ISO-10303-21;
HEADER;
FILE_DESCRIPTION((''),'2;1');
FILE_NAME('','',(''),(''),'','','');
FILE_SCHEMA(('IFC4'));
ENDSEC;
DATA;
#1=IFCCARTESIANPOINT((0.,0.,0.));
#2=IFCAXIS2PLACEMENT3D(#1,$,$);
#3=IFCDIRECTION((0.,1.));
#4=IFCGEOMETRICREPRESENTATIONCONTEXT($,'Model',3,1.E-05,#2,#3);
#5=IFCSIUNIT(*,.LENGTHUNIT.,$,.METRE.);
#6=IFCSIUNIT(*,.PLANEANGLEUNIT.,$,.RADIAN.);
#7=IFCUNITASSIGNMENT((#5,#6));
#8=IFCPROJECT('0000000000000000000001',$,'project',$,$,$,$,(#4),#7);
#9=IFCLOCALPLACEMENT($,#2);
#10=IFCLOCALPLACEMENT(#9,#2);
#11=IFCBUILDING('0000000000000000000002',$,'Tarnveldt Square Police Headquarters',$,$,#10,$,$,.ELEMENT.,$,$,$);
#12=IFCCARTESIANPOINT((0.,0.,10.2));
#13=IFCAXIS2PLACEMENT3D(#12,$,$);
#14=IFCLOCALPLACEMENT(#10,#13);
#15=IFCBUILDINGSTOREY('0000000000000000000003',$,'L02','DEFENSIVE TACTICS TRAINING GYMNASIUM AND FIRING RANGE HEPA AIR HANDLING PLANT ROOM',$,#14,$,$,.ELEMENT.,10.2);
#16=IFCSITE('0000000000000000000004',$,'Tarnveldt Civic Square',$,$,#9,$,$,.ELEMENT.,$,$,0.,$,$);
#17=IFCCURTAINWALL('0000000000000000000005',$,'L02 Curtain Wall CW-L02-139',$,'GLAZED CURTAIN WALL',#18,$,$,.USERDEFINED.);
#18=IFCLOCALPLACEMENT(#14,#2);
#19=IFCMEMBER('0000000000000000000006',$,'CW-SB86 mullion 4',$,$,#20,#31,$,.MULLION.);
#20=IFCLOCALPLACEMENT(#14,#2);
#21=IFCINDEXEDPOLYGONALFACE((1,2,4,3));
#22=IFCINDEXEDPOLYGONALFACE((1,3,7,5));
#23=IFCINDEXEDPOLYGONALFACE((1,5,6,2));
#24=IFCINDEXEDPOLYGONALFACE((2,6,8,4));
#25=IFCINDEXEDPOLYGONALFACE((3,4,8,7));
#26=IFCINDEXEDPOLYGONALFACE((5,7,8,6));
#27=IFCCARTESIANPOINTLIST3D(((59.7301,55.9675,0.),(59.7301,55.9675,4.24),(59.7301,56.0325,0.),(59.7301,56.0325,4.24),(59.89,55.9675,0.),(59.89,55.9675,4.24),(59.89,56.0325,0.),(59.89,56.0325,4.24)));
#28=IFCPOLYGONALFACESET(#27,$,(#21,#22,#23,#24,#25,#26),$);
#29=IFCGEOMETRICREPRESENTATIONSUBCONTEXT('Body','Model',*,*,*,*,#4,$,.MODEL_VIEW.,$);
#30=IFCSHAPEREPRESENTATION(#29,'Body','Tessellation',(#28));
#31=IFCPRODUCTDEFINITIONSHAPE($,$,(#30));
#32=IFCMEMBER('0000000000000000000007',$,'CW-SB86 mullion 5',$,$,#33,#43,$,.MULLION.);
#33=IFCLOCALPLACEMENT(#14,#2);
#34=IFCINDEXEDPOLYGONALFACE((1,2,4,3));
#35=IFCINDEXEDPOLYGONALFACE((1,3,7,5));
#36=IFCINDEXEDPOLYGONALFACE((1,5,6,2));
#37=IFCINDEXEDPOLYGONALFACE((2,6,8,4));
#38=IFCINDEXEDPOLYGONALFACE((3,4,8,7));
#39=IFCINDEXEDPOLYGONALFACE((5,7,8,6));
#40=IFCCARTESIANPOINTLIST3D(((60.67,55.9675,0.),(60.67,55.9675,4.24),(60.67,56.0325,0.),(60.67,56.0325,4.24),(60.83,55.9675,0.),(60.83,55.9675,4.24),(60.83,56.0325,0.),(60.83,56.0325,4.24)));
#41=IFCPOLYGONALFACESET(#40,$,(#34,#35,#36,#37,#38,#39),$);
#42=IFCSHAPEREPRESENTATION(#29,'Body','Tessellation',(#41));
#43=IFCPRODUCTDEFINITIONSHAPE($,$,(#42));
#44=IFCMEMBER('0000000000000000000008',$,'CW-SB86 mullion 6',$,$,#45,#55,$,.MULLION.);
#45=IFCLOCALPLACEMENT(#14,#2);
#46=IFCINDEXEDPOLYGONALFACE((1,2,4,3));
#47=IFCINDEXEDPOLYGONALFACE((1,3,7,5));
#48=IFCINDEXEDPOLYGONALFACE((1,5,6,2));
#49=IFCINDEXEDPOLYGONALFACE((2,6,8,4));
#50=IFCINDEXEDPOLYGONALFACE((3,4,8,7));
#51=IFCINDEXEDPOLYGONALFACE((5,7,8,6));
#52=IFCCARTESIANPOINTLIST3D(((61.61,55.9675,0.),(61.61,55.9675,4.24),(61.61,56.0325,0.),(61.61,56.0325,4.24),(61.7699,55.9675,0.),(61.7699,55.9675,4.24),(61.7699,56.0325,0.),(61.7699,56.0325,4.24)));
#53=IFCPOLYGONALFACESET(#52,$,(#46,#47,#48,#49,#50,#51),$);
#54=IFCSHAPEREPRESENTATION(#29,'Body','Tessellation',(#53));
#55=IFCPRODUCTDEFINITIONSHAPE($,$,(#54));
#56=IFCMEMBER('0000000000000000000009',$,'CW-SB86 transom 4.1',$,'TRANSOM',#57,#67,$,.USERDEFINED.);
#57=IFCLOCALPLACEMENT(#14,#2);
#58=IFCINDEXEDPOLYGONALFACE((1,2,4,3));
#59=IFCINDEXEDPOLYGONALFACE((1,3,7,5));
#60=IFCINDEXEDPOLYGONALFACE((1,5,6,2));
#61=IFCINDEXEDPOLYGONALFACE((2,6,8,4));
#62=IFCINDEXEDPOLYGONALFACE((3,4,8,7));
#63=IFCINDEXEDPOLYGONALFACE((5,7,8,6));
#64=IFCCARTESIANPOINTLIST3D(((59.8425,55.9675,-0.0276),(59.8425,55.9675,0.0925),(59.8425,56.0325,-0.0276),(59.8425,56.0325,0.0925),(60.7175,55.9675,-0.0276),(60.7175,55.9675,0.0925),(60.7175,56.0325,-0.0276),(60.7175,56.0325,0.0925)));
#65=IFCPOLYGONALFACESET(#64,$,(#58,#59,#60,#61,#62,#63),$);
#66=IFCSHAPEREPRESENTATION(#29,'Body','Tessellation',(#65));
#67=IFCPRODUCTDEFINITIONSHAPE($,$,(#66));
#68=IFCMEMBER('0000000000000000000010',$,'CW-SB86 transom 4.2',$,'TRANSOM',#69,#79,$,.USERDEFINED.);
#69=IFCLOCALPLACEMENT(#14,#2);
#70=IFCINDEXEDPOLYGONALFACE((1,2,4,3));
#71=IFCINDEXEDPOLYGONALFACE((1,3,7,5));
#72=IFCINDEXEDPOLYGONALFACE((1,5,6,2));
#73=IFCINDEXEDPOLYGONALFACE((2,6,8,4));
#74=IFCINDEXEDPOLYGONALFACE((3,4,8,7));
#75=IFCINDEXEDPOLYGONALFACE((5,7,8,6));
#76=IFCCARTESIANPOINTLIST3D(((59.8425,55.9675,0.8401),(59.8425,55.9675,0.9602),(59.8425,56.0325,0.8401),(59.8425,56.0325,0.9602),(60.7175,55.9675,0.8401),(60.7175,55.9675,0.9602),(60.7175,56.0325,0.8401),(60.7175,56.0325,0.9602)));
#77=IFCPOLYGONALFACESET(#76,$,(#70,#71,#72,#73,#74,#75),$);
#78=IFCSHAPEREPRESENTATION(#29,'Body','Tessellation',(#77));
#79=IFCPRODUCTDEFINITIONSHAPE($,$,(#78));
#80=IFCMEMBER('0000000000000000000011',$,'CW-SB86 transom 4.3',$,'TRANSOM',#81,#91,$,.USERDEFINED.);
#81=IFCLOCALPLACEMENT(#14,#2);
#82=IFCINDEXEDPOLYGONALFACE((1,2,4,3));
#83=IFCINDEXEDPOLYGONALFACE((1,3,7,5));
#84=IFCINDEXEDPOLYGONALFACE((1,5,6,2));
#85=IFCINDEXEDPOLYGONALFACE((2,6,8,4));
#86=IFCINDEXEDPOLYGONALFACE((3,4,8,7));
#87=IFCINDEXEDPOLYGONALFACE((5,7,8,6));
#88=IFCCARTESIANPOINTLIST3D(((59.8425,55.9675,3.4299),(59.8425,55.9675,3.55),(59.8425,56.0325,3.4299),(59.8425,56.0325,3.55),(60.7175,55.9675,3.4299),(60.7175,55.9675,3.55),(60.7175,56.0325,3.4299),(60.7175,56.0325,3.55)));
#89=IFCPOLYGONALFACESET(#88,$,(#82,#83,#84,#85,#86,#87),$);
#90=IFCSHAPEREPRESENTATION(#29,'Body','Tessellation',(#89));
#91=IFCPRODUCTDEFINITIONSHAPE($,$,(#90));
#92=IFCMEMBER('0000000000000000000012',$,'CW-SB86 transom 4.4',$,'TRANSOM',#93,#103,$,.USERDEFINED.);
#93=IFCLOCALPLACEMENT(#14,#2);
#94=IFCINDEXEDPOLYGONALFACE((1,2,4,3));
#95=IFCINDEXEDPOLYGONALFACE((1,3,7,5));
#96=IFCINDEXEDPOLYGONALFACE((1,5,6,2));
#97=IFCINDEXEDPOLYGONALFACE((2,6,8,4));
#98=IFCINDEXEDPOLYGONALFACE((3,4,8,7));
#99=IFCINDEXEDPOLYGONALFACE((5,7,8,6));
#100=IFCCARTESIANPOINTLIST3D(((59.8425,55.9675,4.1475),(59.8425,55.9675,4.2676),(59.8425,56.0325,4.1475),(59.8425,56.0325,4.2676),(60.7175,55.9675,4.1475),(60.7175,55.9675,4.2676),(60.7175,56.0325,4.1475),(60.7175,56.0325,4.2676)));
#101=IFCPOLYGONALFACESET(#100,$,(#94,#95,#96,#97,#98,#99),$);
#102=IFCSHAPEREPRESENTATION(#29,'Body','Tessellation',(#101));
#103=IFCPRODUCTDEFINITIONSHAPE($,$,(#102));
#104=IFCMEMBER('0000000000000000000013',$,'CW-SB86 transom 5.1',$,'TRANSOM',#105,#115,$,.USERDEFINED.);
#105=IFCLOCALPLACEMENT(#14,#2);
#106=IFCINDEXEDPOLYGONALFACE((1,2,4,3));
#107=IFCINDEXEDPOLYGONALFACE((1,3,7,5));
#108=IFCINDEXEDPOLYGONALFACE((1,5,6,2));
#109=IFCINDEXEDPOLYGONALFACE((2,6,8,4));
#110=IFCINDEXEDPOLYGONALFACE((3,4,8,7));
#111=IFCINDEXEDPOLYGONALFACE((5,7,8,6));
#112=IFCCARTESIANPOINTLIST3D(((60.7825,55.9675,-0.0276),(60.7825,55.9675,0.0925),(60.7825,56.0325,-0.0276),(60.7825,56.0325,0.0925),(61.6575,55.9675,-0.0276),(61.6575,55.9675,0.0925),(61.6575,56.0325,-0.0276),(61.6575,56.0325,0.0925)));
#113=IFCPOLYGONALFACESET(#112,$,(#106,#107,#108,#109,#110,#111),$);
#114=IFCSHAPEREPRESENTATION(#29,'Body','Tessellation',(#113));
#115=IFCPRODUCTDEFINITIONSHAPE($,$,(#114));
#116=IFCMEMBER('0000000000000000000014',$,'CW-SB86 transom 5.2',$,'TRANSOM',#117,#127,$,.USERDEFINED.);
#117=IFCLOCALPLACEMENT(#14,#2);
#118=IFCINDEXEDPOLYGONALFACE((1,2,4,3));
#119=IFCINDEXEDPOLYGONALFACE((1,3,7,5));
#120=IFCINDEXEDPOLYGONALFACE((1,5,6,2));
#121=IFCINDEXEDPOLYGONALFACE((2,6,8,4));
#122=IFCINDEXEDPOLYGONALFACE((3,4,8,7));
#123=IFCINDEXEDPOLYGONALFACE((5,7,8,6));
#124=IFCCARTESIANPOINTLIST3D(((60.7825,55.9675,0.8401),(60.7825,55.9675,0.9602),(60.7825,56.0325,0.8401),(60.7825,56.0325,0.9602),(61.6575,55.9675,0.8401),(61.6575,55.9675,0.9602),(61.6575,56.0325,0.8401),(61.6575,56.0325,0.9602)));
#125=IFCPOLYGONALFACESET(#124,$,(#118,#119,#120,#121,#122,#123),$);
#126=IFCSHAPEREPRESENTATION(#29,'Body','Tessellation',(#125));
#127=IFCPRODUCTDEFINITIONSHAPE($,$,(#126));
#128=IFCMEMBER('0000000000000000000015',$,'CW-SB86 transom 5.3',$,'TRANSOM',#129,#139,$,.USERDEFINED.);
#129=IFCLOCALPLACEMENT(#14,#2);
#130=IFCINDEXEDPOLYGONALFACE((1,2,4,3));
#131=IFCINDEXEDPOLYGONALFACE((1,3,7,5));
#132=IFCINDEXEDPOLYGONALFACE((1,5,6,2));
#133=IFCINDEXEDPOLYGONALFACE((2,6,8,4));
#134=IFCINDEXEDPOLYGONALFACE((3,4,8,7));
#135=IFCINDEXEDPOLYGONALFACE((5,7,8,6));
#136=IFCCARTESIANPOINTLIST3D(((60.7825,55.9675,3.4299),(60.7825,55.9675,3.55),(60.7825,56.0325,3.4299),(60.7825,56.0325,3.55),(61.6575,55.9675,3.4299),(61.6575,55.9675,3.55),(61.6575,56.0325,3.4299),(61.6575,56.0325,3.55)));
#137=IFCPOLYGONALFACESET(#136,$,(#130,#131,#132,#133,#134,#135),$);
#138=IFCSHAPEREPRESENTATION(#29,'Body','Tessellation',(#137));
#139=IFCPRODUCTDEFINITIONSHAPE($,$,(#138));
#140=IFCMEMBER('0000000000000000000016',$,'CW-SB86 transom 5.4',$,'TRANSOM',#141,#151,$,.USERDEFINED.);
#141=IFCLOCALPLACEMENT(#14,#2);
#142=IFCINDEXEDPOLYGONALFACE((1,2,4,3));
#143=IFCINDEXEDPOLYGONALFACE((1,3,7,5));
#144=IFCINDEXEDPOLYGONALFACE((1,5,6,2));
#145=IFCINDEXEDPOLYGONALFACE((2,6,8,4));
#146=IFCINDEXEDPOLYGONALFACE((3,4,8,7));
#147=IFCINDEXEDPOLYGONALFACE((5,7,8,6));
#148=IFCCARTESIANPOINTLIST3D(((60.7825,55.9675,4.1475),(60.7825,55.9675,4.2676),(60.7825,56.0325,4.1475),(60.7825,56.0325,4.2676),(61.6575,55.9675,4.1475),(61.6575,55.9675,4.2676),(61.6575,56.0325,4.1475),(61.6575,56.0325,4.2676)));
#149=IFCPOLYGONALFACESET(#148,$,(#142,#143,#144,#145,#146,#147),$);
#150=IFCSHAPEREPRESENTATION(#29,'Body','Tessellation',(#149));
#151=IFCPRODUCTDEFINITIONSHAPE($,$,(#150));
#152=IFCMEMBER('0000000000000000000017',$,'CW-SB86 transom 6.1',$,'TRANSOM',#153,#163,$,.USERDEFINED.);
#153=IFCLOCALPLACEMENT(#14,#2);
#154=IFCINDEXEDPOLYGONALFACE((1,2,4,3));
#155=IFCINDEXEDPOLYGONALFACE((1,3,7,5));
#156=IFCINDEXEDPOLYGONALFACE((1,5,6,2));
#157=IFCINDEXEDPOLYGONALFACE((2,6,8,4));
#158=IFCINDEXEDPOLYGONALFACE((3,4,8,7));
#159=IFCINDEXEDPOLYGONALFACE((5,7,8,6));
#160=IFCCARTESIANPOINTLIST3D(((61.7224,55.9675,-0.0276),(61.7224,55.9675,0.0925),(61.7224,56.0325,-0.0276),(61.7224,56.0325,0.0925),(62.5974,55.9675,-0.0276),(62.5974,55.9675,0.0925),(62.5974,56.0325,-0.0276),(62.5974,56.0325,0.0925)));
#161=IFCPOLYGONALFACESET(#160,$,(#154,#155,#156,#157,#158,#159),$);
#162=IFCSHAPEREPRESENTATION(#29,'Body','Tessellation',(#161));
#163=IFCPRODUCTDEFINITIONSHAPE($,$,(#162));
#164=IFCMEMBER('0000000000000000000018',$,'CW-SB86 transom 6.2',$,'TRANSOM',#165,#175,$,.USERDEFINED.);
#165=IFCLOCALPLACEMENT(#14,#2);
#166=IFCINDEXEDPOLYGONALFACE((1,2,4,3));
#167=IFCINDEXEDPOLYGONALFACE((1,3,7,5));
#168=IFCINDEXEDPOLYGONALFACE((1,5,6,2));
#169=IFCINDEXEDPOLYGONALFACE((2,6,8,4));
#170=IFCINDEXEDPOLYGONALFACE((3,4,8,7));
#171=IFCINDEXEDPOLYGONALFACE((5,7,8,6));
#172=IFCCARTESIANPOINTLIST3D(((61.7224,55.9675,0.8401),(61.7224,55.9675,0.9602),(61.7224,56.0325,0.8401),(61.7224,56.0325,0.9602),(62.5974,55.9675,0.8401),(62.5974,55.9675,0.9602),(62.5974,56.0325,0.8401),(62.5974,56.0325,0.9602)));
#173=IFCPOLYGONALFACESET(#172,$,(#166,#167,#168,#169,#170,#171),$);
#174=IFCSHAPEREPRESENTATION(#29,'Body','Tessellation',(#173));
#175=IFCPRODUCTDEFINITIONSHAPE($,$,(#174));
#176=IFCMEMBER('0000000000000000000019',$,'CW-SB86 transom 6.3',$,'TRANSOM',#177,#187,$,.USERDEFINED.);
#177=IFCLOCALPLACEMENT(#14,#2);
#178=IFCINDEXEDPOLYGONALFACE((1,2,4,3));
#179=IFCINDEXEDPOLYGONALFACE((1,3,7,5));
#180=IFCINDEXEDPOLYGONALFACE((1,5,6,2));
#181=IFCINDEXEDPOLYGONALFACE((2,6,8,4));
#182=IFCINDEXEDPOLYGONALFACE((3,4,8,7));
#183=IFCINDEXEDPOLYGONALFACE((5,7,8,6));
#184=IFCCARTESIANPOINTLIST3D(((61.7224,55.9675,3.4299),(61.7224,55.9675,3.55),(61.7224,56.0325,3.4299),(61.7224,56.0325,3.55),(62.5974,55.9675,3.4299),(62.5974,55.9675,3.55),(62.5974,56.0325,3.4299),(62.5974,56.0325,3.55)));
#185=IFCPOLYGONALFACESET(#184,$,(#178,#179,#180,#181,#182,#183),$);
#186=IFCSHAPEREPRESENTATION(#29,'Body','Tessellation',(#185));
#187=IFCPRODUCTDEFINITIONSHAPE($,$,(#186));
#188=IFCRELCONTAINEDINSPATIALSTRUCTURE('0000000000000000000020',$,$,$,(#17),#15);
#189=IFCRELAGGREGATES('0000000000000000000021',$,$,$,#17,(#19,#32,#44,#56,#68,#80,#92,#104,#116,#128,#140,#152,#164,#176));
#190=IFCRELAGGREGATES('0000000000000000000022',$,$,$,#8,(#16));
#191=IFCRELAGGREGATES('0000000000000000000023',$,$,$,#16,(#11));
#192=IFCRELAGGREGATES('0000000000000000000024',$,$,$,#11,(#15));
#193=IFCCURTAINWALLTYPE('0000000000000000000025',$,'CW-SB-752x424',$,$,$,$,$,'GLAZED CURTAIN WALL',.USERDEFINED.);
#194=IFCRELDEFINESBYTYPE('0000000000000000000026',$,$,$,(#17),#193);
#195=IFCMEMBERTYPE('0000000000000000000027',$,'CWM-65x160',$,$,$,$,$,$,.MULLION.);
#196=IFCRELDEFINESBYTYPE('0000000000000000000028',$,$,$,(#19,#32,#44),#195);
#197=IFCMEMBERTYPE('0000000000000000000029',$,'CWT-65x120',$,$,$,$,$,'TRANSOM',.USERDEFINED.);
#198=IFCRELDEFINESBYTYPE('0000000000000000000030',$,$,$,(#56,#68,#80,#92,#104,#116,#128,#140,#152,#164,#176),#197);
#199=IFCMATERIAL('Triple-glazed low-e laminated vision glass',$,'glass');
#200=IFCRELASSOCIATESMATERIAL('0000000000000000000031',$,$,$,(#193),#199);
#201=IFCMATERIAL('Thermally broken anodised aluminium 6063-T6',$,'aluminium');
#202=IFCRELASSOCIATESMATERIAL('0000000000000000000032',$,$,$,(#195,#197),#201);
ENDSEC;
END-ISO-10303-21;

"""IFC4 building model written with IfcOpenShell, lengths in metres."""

from ifc_helpers import new_model, si_unit, direction, frame, origin, origin_2d, place, context, subcontext, project, spatial, rectangle, extrude, material, material_profile, profile_set, type_object, element, aggregate, save


model = new_model("IFC4")

# Units and contexts
model_context = context("Model", 3, precision=1e-05, world=origin(), true_north=direction((0.0, 1.0)))
body_context = subcontext(model_context, "Body", "Model", "MODEL_VIEW")
ifc_project = project(units=[si_unit("LENGTHUNIT", "METRE"), si_unit("PLANEANGLEUNIT", "RADIAN")], contexts=[model_context])

# Site, building, storey
site_placement = place(None, origin())
site = spatial("IfcSite", under=ifc_project, at=site_placement, Name="Tarnveldt Civic Square", CompositionType="ELEMENT", RefElevation=0.0)
building_placement = place(site_placement, origin())
building = spatial("IfcBuilding", under=site, at=building_placement, Name="Tarnveldt Square Police Headquarters", CompositionType="ELEMENT")
storey_placement = place(building_placement, frame((0.0, 0.0, 10.2)))
storey = spatial("IfcBuildingStorey", under=building, at=storey_placement, Name="L02", Description="DEFENSIVE TACTICS TRAINING GYMNASIUM AND FIRING RANGE HEPA AIR HANDLING PLANT ROOM", CompositionType="ELEMENT", Elevation=10.2)

# Curtain wall, members
ifc_material_1 = material(Name="Triple-glazed low-e laminated vision glass", Category="glass")
curtain_wall_type = type_object("IfcCurtainWallType", Name="CW-SB-752x424", ElementType="GLAZED CURTAIN WALL", PredefinedType="USERDEFINED", material=ifc_material_1)
curtain_wall_placement = place(storey_placement, origin())
curtain_wall = element("IfcCurtainWall", 1, at=curtain_wall_placement, inside=storey, type_object=curtain_wall_type, Name="L02 Curtain Wall CW-L02-139", ObjectType="GLAZED CURTAIN WALL", PredefinedType="USERDEFINED")
ifc_material_2 = material(Name="Thermally broken anodised aluminium 6063-T6", Category="aluminium")
ifc_material_profile_1 = material_profile(ifc_material_2, rectangle(XDim=0.0649, YDim=0.1599, at=origin_2d()), Name="CW-M65x160")
ifc_profile_set_1 = profile_set([ifc_material_profile_1], Name="Thermally broken anodised aluminium 6063-T6")
member_type_1 = type_object("IfcMemberType", Name="CWM-65x160", PredefinedType="MULLION", material=ifc_profile_set_1)
member_1_placement = place(storey_placement, frame((59.8101, 56.0, 0.0), z_axis=(0.0, 0.0, 1.0), x_axis=(0.0, 1.0, 0.0)))
member_1 = element("IfcMember", 2, at=member_1_placement, type_object=member_type_1, Name="CW-SB86 mullion 4", PredefinedType="MULLION", context=body_context, shape_type="SweptSolid", body=[
    extrude(rectangle(XDim=0.0649, YDim=0.1599, at=origin_2d()), origin(), (0.0, 0.0, 1.0), 4.24),
])
member_2_placement = place(storey_placement, frame((60.75, 56.0, 0.0), z_axis=(0.0, 0.0, 1.0), x_axis=(0.0, 1.0, 0.0)))
member_2 = element("IfcMember", 3, at=member_2_placement, type_object=member_type_1, Name="CW-SB86 mullion 5", PredefinedType="MULLION", context=body_context, shape_type="SweptSolid", body=[
    extrude(rectangle(XDim=0.0649, YDim=0.1599, at=origin_2d()), origin(), (0.0, 0.0, 1.0), 4.24),
])
member_3_placement = place(storey_placement, frame((61.6899, 56.0, 0.0), z_axis=(0.0, 0.0, 1.0), x_axis=(0.0, 1.0, 0.0)))
member_3 = element("IfcMember", 4, at=member_3_placement, type_object=member_type_1, Name="CW-SB86 mullion 6", PredefinedType="MULLION", context=body_context, shape_type="SweptSolid", body=[
    extrude(rectangle(XDim=0.0649, YDim=0.1599, at=origin_2d()), origin(), (0.0, 0.0, 1.0), 4.24),
])
ifc_material_profile_2 = material_profile(ifc_material_2, rectangle(XDim=0.0649, YDim=0.1201, at=origin_2d()), Name="CW-T65x120")
ifc_profile_set_2 = profile_set([ifc_material_profile_2], Name="Thermally broken anodised aluminium 6063-T6")
member_type_2 = type_object("IfcMemberType", Name="CWT-65x120", ElementType="TRANSOM", PredefinedType="USERDEFINED", material=ifc_profile_set_2)
member_4_placement = place(storey_placement, frame((59.8425, 56.0, 0.0325), z_axis=(1.0, 0.0, 0.0), x_axis=(0.0, 1.0, 0.0)))
member_4 = element("IfcMember", 5, at=member_4_placement, type_object=member_type_2, Name="CW-SB86 transom 4.1", ObjectType="TRANSOM", PredefinedType="USERDEFINED", context=body_context, shape_type="SweptSolid", body=[
    extrude(rectangle(XDim=0.0649, YDim=0.1201, at=origin_2d()), origin(), (0.0, 0.0, 1.0), 0.875),
])
member_5_placement = place(storey_placement, frame((59.8425, 56.0, 0.9001), z_axis=(1.0, 0.0, 0.0), x_axis=(0.0, 1.0, 0.0)))
member_5 = element("IfcMember", 6, at=member_5_placement, type_object=member_type_2, Name="CW-SB86 transom 4.2", ObjectType="TRANSOM", PredefinedType="USERDEFINED", context=body_context, shape_type="SweptSolid", body=[
    extrude(rectangle(XDim=0.0649, YDim=0.1201, at=origin_2d()), origin(), (0.0, 0.0, 1.0), 0.875),
])
member_6_placement = place(storey_placement, frame((59.8425, 56.0, 3.49), z_axis=(1.0, 0.0, 0.0), x_axis=(0.0, 1.0, 0.0)))
member_6 = element("IfcMember", 7, at=member_6_placement, type_object=member_type_2, Name="CW-SB86 transom 4.3", ObjectType="TRANSOM", PredefinedType="USERDEFINED", context=body_context, shape_type="SweptSolid", body=[
    extrude(rectangle(XDim=0.0649, YDim=0.1201, at=origin_2d()), origin(), (0.0, 0.0, 1.0), 0.875),
])
member_7_placement = place(storey_placement, frame((59.8425, 56.0, 4.2075), z_axis=(1.0, 0.0, 0.0), x_axis=(0.0, 1.0, 0.0)))
member_7 = element("IfcMember", 8, at=member_7_placement, type_object=member_type_2, Name="CW-SB86 transom 4.4", ObjectType="TRANSOM", PredefinedType="USERDEFINED", context=body_context, shape_type="SweptSolid", body=[
    extrude(rectangle(XDim=0.0649, YDim=0.1201, at=origin_2d()), origin(), (0.0, 0.0, 1.0), 0.875),
])
member_8_placement = place(storey_placement, frame((60.7825, 56.0, 0.0325), z_axis=(1.0, 0.0, 0.0), x_axis=(0.0, 1.0, 0.0)))
member_8 = element("IfcMember", 9, at=member_8_placement, type_object=member_type_2, Name="CW-SB86 transom 5.1", ObjectType="TRANSOM", PredefinedType="USERDEFINED", context=body_context, shape_type="SweptSolid", body=[
    extrude(rectangle(XDim=0.0649, YDim=0.1201, at=origin_2d()), origin(), (0.0, 0.0, 1.0), 0.875),
])
member_9_placement = place(storey_placement, frame((60.7825, 56.0, 0.9001), z_axis=(1.0, 0.0, 0.0), x_axis=(0.0, 1.0, 0.0)))
member_9 = element("IfcMember", 10, at=member_9_placement, type_object=member_type_2, Name="CW-SB86 transom 5.2", ObjectType="TRANSOM", PredefinedType="USERDEFINED", context=body_context, shape_type="SweptSolid", body=[
    extrude(rectangle(XDim=0.0649, YDim=0.1201, at=origin_2d()), origin(), (0.0, 0.0, 1.0), 0.875),
])
member_10_placement = place(storey_placement, frame((60.7825, 56.0, 3.49), z_axis=(1.0, 0.0, 0.0), x_axis=(0.0, 1.0, 0.0)))
member_10 = element("IfcMember", 11, at=member_10_placement, type_object=member_type_2, Name="CW-SB86 transom 5.3", ObjectType="TRANSOM", PredefinedType="USERDEFINED", context=body_context, shape_type="SweptSolid", body=[
    extrude(rectangle(XDim=0.0649, YDim=0.1201, at=origin_2d()), origin(), (0.0, 0.0, 1.0), 0.875),
])
member_11_placement = place(storey_placement, frame((60.7825, 56.0, 4.2075), z_axis=(1.0, 0.0, 0.0), x_axis=(0.0, 1.0, 0.0)))
member_11 = element("IfcMember", 12, at=member_11_placement, type_object=member_type_2, Name="CW-SB86 transom 5.4", ObjectType="TRANSOM", PredefinedType="USERDEFINED", context=body_context, shape_type="SweptSolid", body=[
    extrude(rectangle(XDim=0.0649, YDim=0.1201, at=origin_2d()), origin(), (0.0, 0.0, 1.0), 0.875),
])
member_12_placement = place(storey_placement, frame((61.7224, 56.0, 0.0325), z_axis=(1.0, 0.0, 0.0), x_axis=(0.0, 1.0, 0.0)))
member_12 = element("IfcMember", 13, at=member_12_placement, type_object=member_type_2, Name="CW-SB86 transom 6.1", ObjectType="TRANSOM", PredefinedType="USERDEFINED", context=body_context, shape_type="SweptSolid", body=[
    extrude(rectangle(XDim=0.0649, YDim=0.1201, at=origin_2d()), origin(), (0.0, 0.0, 1.0), 0.875),
])
member_13_placement = place(storey_placement, frame((61.7224, 56.0, 0.9001), z_axis=(1.0, 0.0, 0.0), x_axis=(0.0, 1.0, 0.0)))
member_13 = element("IfcMember", 14, at=member_13_placement, type_object=member_type_2, Name="CW-SB86 transom 6.2", ObjectType="TRANSOM", PredefinedType="USERDEFINED", context=body_context, shape_type="SweptSolid", body=[
    extrude(rectangle(XDim=0.0649, YDim=0.1201, at=origin_2d()), origin(), (0.0, 0.0, 1.0), 0.875),
])
member_14_placement = place(storey_placement, frame((61.7224, 56.0, 3.49), z_axis=(1.0, 0.0, 0.0), x_axis=(0.0, 1.0, 0.0)))
member_14 = element("IfcMember", 15, at=member_14_placement, type_object=member_type_2, Name="CW-SB86 transom 6.3", ObjectType="TRANSOM", PredefinedType="USERDEFINED", context=body_context, shape_type="SweptSolid", body=[
    extrude(rectangle(XDim=0.0649, YDim=0.1201, at=origin_2d()), origin(), (0.0, 0.0, 1.0), 0.875),
])
aggregate(curtain_wall, [member_1, member_2, member_3, member_4, member_5, member_6, member_7, member_8, member_9, member_10, member_11, member_12, member_13, member_14])

save(model, "model.ifc")
